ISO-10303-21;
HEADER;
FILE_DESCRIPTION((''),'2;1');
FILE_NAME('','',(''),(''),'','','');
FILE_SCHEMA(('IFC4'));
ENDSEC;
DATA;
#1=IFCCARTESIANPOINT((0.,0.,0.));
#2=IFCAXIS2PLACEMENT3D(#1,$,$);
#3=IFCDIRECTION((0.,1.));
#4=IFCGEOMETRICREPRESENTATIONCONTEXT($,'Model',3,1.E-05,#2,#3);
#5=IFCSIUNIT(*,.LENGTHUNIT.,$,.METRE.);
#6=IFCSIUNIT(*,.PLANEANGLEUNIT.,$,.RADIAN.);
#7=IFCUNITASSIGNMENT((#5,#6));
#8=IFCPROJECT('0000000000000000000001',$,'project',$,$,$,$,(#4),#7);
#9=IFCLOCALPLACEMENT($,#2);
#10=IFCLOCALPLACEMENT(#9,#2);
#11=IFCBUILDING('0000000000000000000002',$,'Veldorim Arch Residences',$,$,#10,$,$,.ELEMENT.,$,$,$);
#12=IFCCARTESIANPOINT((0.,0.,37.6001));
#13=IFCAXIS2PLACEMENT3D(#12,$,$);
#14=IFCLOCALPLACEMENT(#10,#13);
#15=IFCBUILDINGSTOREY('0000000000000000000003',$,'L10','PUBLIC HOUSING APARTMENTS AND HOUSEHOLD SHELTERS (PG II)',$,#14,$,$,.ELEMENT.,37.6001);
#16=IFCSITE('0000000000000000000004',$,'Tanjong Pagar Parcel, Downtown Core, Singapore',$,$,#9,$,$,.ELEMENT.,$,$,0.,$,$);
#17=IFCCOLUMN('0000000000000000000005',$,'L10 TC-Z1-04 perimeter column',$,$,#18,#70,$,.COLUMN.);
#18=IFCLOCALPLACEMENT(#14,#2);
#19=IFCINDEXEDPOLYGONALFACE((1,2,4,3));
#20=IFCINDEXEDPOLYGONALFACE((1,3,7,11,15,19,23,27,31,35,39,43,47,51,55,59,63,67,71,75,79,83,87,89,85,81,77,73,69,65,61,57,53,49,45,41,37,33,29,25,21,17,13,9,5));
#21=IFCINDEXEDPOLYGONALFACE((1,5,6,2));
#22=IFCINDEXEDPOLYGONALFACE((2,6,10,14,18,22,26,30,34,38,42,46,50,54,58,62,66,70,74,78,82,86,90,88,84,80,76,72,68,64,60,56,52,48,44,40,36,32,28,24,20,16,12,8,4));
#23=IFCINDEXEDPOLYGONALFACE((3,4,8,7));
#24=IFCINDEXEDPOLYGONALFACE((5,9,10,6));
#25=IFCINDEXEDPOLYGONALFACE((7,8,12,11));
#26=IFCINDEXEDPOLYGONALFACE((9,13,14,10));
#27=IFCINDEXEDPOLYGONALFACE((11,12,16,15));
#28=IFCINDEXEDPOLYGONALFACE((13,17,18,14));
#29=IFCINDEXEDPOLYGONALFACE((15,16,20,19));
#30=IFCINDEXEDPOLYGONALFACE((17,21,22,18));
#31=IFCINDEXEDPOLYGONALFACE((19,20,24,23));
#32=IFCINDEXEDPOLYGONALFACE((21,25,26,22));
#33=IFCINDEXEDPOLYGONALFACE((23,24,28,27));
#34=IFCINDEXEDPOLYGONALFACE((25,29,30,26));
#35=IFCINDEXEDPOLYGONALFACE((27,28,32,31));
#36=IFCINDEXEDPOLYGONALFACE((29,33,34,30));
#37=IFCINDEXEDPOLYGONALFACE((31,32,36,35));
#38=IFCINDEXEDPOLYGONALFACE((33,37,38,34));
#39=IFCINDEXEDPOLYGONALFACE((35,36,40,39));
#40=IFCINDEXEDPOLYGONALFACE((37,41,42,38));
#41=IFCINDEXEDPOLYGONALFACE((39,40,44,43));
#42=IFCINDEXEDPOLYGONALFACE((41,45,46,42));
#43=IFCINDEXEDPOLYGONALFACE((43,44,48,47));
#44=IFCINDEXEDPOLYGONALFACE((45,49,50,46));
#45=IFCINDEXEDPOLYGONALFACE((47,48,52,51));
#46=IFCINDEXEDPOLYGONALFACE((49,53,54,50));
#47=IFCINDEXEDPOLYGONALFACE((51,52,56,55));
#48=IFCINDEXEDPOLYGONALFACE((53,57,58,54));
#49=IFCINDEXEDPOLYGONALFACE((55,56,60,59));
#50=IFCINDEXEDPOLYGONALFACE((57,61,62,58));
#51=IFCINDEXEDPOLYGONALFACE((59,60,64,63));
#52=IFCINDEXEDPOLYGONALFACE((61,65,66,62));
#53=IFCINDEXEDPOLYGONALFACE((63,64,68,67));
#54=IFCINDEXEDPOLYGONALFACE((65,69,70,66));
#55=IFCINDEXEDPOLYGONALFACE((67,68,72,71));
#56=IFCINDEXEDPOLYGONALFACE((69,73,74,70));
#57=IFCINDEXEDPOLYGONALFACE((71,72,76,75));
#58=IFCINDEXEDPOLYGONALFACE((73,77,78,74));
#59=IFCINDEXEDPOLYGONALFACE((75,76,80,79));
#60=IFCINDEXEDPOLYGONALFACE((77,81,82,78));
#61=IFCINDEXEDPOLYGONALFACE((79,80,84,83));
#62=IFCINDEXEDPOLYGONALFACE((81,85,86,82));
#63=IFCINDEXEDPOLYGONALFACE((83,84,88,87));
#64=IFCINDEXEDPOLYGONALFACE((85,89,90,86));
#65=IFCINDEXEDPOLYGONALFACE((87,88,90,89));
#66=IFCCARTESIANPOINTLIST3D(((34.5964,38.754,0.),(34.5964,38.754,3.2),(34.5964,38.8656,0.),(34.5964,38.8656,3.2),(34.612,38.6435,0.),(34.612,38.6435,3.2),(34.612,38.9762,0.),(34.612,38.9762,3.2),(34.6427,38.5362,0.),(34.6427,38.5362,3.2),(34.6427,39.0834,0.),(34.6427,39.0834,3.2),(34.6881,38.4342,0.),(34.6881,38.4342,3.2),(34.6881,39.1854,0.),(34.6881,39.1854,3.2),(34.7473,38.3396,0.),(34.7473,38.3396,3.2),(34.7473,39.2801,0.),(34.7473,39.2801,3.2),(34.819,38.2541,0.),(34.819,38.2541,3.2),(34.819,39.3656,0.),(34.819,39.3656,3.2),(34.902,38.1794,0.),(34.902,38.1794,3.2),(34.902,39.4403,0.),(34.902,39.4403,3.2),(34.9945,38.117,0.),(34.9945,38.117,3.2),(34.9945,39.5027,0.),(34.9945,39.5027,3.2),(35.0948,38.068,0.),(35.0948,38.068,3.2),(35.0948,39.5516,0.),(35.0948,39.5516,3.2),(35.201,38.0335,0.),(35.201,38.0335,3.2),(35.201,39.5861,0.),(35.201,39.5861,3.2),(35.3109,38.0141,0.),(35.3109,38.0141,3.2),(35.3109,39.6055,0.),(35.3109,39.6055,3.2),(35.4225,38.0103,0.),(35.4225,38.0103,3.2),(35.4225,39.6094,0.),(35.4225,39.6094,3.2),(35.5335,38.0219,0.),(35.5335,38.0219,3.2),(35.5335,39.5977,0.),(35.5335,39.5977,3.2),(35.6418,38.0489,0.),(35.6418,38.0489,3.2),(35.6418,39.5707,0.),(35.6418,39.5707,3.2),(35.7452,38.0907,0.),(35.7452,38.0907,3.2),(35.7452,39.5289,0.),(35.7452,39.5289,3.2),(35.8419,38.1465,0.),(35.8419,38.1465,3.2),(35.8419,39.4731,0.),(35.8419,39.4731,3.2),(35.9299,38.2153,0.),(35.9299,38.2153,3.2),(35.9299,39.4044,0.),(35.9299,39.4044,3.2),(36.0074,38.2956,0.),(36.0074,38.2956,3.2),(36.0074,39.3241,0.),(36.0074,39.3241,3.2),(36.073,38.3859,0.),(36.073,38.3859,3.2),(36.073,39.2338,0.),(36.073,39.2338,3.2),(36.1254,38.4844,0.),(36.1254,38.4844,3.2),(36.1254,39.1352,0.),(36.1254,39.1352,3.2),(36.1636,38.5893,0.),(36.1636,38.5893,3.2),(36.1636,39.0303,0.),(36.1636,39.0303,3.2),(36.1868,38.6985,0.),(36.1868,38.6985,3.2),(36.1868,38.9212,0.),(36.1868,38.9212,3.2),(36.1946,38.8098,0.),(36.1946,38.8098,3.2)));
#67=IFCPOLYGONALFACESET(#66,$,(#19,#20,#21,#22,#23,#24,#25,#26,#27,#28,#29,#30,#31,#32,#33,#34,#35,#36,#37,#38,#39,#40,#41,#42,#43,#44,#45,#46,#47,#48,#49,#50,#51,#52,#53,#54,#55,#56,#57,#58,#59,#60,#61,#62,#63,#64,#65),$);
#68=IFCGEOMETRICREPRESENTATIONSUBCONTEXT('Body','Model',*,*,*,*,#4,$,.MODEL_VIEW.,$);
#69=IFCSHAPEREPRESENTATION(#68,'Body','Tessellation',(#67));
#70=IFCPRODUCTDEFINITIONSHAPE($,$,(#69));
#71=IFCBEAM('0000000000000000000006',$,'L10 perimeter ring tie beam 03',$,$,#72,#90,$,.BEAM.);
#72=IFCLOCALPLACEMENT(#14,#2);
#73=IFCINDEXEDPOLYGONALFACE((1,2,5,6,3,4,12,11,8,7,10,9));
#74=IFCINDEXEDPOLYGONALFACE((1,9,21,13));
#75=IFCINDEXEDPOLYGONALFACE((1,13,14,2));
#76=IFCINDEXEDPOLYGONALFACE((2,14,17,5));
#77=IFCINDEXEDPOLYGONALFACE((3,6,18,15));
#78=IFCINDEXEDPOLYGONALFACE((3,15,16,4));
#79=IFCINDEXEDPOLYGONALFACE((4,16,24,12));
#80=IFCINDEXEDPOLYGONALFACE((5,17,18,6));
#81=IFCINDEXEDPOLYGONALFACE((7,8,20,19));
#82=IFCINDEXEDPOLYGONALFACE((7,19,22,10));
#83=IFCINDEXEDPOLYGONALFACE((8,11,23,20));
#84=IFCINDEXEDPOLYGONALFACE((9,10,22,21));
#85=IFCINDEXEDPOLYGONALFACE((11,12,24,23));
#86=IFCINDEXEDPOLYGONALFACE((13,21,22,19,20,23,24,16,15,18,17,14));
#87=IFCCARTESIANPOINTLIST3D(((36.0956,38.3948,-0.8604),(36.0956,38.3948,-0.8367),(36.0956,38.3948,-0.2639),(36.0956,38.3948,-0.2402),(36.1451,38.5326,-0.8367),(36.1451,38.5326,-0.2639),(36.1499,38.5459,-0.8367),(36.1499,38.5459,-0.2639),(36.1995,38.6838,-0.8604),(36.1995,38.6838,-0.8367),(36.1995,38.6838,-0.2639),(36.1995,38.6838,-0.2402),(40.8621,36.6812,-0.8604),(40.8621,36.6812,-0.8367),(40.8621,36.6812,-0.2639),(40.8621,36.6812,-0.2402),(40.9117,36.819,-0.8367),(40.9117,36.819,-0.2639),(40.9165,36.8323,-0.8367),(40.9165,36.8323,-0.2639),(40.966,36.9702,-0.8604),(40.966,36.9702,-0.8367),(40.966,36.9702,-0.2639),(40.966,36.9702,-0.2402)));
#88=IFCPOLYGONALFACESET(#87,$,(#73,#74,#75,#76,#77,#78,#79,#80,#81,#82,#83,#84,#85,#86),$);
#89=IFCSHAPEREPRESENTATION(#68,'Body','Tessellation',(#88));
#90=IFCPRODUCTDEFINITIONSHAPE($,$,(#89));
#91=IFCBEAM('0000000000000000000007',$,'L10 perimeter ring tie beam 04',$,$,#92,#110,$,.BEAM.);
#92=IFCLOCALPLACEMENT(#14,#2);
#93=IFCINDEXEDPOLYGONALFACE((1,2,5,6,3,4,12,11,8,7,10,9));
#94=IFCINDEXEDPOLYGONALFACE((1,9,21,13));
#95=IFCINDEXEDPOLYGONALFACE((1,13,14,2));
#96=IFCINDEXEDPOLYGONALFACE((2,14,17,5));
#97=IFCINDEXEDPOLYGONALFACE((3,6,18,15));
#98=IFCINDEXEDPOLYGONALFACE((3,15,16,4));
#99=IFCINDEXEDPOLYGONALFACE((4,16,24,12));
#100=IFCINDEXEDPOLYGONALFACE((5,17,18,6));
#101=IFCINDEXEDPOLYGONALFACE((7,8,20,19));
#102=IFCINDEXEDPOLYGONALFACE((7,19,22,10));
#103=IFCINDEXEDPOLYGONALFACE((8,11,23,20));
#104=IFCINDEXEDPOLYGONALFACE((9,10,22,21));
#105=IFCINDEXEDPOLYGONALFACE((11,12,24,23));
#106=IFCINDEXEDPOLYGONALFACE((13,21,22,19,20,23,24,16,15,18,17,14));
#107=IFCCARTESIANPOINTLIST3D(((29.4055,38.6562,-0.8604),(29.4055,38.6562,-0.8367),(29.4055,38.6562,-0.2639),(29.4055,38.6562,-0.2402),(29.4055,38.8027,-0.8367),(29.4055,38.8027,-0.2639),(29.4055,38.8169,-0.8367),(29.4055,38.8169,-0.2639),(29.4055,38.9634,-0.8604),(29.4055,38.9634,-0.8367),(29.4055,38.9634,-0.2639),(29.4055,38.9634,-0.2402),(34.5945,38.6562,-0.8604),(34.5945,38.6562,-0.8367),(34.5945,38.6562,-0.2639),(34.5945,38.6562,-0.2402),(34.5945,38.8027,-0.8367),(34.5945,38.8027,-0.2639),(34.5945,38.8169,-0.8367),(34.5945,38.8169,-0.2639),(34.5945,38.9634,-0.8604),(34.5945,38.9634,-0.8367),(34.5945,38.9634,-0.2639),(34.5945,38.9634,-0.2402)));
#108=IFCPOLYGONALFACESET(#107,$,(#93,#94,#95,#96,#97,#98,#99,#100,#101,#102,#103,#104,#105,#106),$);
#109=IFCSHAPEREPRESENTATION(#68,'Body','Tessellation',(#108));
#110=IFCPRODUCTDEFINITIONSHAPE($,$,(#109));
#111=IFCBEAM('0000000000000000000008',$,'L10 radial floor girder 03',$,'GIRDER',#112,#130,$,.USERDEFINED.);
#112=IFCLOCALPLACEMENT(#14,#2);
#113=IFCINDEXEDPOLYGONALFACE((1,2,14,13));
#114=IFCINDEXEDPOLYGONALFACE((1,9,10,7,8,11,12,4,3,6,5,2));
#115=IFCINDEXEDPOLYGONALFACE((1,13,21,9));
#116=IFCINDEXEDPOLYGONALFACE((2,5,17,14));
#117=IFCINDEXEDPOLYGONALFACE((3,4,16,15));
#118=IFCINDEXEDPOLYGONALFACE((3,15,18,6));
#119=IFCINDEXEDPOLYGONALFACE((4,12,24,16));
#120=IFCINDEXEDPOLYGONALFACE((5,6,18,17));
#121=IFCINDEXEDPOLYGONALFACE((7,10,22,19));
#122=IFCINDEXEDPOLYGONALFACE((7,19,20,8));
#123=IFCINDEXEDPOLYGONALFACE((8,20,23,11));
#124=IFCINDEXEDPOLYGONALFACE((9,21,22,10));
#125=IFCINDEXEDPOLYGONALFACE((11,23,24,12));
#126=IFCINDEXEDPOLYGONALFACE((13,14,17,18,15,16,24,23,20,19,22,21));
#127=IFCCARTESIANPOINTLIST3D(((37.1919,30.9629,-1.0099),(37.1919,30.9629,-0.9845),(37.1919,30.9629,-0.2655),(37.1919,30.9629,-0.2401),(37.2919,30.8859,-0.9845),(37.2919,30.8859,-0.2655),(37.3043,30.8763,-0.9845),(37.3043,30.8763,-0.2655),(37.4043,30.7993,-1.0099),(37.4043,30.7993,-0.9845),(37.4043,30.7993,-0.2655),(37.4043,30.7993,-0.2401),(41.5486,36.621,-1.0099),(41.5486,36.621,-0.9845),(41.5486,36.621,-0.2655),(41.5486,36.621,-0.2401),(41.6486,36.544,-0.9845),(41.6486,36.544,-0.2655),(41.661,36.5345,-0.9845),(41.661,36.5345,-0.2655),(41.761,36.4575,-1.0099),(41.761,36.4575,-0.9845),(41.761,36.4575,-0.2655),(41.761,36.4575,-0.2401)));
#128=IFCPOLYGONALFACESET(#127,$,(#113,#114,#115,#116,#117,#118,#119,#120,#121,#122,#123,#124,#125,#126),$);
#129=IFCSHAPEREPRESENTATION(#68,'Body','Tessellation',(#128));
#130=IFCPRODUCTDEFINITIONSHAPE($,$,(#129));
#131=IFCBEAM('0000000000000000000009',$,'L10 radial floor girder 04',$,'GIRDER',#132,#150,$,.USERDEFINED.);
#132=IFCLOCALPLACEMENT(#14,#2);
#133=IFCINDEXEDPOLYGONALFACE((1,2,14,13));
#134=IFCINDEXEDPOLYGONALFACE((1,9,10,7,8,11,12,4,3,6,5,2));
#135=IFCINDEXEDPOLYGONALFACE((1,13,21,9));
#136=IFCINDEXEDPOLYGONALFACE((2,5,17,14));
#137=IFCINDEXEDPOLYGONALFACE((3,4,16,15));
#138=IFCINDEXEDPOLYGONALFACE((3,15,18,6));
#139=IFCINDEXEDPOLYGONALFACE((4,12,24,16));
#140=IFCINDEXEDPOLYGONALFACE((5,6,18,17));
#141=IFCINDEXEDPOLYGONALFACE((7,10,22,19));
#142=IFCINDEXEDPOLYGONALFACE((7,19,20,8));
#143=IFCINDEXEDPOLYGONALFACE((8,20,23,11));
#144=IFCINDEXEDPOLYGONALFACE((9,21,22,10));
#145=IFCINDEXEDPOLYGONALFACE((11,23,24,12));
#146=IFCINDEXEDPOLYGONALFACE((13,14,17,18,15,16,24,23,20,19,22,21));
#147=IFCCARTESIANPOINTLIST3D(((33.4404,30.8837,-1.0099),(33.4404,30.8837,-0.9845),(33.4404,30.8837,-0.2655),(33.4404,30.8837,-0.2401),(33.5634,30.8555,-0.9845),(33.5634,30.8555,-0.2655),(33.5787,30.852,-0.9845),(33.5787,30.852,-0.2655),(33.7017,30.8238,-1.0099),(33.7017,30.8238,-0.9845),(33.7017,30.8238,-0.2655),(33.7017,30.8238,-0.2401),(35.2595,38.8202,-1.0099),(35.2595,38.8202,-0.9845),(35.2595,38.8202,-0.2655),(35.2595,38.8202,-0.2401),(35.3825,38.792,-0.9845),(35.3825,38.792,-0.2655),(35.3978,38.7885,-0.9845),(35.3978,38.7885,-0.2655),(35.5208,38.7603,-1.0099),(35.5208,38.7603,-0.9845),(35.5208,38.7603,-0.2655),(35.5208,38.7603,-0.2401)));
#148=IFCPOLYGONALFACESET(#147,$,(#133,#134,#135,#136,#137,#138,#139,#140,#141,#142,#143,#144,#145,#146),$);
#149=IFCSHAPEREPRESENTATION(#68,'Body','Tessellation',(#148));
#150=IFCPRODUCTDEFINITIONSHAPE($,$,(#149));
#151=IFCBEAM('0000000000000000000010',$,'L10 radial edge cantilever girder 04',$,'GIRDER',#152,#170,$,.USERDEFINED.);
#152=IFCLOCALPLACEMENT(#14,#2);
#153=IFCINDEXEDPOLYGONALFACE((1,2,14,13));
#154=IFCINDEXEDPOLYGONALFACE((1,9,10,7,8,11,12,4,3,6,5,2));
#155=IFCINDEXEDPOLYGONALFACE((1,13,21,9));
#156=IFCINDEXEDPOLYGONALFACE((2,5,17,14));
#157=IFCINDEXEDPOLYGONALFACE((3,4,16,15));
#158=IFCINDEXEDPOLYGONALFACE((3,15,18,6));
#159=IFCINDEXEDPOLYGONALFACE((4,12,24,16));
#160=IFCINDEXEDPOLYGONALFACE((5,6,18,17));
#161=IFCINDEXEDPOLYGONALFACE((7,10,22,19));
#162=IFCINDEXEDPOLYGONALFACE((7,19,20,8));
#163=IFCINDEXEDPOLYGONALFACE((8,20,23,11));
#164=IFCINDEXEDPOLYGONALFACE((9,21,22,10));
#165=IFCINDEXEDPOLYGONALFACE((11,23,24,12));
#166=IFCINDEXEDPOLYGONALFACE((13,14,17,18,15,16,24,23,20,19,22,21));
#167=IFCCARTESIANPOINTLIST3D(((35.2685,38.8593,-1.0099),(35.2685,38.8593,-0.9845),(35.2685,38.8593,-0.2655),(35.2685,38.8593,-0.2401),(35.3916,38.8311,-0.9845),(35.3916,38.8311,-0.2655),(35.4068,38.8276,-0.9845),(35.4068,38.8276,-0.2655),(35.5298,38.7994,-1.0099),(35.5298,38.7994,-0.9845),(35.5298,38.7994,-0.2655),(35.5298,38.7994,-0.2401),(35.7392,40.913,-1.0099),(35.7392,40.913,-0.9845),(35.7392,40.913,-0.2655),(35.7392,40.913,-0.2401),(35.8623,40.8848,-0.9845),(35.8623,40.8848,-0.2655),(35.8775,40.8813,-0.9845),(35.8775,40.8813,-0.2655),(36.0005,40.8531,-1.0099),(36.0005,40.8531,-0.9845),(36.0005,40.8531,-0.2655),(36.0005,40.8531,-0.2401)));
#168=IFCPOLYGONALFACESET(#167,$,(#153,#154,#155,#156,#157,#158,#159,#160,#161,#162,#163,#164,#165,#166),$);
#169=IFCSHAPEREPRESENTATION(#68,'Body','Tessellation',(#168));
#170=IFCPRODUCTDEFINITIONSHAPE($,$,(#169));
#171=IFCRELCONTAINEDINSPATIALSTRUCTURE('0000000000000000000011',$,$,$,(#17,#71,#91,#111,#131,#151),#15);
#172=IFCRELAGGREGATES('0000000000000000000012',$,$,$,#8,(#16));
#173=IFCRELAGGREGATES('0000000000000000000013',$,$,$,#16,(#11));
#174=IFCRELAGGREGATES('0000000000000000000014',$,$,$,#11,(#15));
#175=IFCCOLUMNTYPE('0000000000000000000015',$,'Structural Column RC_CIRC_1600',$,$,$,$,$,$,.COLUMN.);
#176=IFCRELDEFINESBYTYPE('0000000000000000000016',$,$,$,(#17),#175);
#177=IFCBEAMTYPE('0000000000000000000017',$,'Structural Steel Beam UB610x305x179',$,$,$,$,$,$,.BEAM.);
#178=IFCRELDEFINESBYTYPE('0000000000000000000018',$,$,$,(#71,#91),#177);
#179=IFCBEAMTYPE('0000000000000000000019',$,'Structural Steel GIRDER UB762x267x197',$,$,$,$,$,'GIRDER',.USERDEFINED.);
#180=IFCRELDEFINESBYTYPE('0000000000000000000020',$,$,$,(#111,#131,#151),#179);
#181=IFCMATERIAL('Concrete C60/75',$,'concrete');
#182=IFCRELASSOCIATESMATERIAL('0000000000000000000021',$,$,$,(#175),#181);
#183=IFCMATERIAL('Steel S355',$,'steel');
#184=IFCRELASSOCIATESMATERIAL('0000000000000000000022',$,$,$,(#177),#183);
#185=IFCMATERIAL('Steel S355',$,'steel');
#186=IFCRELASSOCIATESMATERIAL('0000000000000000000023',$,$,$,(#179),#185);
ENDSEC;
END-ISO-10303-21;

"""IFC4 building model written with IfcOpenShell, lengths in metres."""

from ifc_helpers import new_model, si_unit, direction, frame, origin, origin_2d, place, context, subcontext, project, spatial, circle, i_section, extrude, material, material_profile, profile_set, type_object, element, save


model = new_model("IFC4")

# Units and contexts
model_context = context("Model", 3, precision=1e-05, world=origin(), true_north=direction((0.0, 1.0)))
body_context = subcontext(model_context, "Body", "Model", "MODEL_VIEW")
ifc_project = project(units=[si_unit("LENGTHUNIT", "METRE"), si_unit("PLANEANGLEUNIT", "RADIAN")], contexts=[model_context])

# Site, building, storey
site_placement = place(None, origin())
site = spatial("IfcSite", under=ifc_project, at=site_placement, Name="Tanjong Pagar Parcel, Downtown Core, Singapore", CompositionType="ELEMENT", RefElevation=0.0)
building_placement = place(site_placement, origin())
building = spatial("IfcBuilding", under=site, at=building_placement, Name="Veldorim Arch Residences", CompositionType="ELEMENT")
storey_placement = place(building_placement, frame((0.0, 0.0, 37.6001)))
storey = spatial("IfcBuildingStorey", under=building, at=storey_placement, Name="L10", Description="PUBLIC HOUSING APARTMENTS AND HOUSEHOLD SHELTERS (PG II)", CompositionType="ELEMENT", Elevation=37.6001)

# Column
ifc_material_1 = material(Name="Concrete C60/75", Category="concrete")
ifc_material_profile_1 = material_profile(ifc_material_1, circle(Radius=0.8, at=origin_2d()), Name="RC_CIRC_1600")
ifc_profile_set_1 = profile_set([ifc_material_profile_1], Name="Concrete C60/75")
column_type = type_object("IfcColumnType", Name="Structural Column RC_CIRC_1600", PredefinedType="COLUMN", material=ifc_profile_set_1)
column_placement = place(storey_placement, frame((35.3945, 38.8098, 0.0), z_axis=(0.0, 0.0, 1.0), x_axis=(1.0, 0.0, 0.0)))
element("IfcColumn", 1, at=column_placement, inside=storey, type_object=column_type, Name="L10 TC-Z1-04 perimeter column", PredefinedType="COLUMN", context=body_context, shape_type="SweptSolid", body=[
    extrude(circle(Radius=0.8, at=origin_2d()), origin(), (0.0, 0.0, 1.0), 3.2),
])

# Beams
ifc_material_2 = material(Name="Steel S355", Category="steel")
ifc_material_profile_2 = material_profile(ifc_material_2, i_section(OverallWidth=0.3071, OverallDepth=0.6201, WebThickness=0.0142, FlangeThickness=0.0237, at=origin_2d()), Name="UB610x305x179")
ifc_profile_set_2 = profile_set([ifc_material_profile_2], Name="Steel S355")
beam_type_1 = type_object("IfcBeamType", Name="Structural Steel Beam UB610x305x179", PredefinedType="BEAM", material=ifc_profile_set_2)
beam_1_placement = place(storey_placement, frame((40.9141, 36.8257, -0.5503), z_axis=(-0.941035, 0.338308, 0.0), x_axis=(-0.338308, -0.941035, 0.0)))
element("IfcBeam", 2, at=beam_1_placement, inside=storey, type_object=beam_type_1, Name="L10 perimeter ring tie beam 03", PredefinedType="BEAM", context=body_context, shape_type="SweptSolid", body=[
    extrude(i_section(OverallWidth=0.3071, OverallDepth=0.6201, WebThickness=0.0142, FlangeThickness=0.0237, at=origin_2d()), origin(), (0.0, 0.0, 1.0), 5.0652),
])
beam_2_placement = place(storey_placement, frame((34.5945, 38.8098, -0.5503), z_axis=(-1.0, 0.0, 0.0), x_axis=(0.0, -1.0, 0.0)))
element("IfcBeam", 3, at=beam_2_placement, inside=storey, type_object=beam_type_1, Name="L10 perimeter ring tie beam 04", PredefinedType="BEAM", context=body_context, shape_type="SweptSolid", body=[
    extrude(i_section(OverallWidth=0.3071, OverallDepth=0.6201, WebThickness=0.0142, FlangeThickness=0.0237, at=origin_2d()), origin(), (0.0, 0.0, 1.0), 5.189),
])
ifc_material_3 = material(Name="Steel S355", Category="steel")
ifc_material_profile_3 = material_profile(ifc_material_3, i_section(OverallWidth=0.2681, OverallDepth=0.7698, WebThickness=0.0156, FlangeThickness=0.0254, at=origin_2d()), Name="UB762x267x197")
ifc_profile_set_3 = profile_set([ifc_material_profile_3], Name="Steel S355")
beam_type_2 = type_object("IfcBeamType", Name="Structural Steel GIRDER UB762x267x197", ElementType="GIRDER", PredefinedType="USERDEFINED", material=ifc_profile_set_3)
beam_3_placement = place(storey_placement, frame((37.2981, 30.8811, -0.625), z_axis=(0.610082, 0.792338, 0.0), x_axis=(-0.792338, 0.610082, 0.0)))
element("IfcBeam", 4, at=beam_3_placement, inside=storey, type_object=beam_type_2, Name="L10 radial floor girder 03", ObjectType="GIRDER", PredefinedType="USERDEFINED", context=body_context, shape_type="SweptSolid", body=[
    extrude(i_section(OverallWidth=0.2681, OverallDepth=0.7698, WebThickness=0.0156, FlangeThickness=0.0254, at=origin_2d()), origin(), (0.0, 0.0, 1.0), 7.1411),
])
beam_4_placement = place(storey_placement, frame((33.571, 30.8538, -0.625), z_axis=(0.223412, 0.974724, 0.0), x_axis=(-0.974724, 0.223412, 0.0)))
element("IfcBeam", 5, at=beam_4_placement, inside=storey, type_object=beam_type_2, Name="L10 radial floor girder 04", ObjectType="GIRDER", PredefinedType="USERDEFINED", context=body_context, shape_type="SweptSolid", body=[
    extrude(i_section(OverallWidth=0.2681, OverallDepth=0.7698, WebThickness=0.0156, FlangeThickness=0.0254, at=origin_2d()), origin(), (0.0, 0.0, 1.0), 8.1423),
])
beam_5_placement = place(storey_placement, frame((35.3992, 38.8293, -0.625), z_axis=(0.223404, 0.974726, 0.0), x_axis=(-0.974726, 0.223404, 0.0)))
element("IfcBeam", 6, at=beam_5_placement, inside=storey, type_object=beam_type_2, Name="L10 radial edge cantilever girder 04", ObjectType="GIRDER", PredefinedType="USERDEFINED", context=body_context, shape_type="SweptSolid", body=[
    extrude(i_section(OverallWidth=0.2681, OverallDepth=0.7698, WebThickness=0.0156, FlangeThickness=0.0254, at=origin_2d()), origin(), (0.0, 0.0, 1.0), 2.1069),
])

save(model, "model.ifc")
